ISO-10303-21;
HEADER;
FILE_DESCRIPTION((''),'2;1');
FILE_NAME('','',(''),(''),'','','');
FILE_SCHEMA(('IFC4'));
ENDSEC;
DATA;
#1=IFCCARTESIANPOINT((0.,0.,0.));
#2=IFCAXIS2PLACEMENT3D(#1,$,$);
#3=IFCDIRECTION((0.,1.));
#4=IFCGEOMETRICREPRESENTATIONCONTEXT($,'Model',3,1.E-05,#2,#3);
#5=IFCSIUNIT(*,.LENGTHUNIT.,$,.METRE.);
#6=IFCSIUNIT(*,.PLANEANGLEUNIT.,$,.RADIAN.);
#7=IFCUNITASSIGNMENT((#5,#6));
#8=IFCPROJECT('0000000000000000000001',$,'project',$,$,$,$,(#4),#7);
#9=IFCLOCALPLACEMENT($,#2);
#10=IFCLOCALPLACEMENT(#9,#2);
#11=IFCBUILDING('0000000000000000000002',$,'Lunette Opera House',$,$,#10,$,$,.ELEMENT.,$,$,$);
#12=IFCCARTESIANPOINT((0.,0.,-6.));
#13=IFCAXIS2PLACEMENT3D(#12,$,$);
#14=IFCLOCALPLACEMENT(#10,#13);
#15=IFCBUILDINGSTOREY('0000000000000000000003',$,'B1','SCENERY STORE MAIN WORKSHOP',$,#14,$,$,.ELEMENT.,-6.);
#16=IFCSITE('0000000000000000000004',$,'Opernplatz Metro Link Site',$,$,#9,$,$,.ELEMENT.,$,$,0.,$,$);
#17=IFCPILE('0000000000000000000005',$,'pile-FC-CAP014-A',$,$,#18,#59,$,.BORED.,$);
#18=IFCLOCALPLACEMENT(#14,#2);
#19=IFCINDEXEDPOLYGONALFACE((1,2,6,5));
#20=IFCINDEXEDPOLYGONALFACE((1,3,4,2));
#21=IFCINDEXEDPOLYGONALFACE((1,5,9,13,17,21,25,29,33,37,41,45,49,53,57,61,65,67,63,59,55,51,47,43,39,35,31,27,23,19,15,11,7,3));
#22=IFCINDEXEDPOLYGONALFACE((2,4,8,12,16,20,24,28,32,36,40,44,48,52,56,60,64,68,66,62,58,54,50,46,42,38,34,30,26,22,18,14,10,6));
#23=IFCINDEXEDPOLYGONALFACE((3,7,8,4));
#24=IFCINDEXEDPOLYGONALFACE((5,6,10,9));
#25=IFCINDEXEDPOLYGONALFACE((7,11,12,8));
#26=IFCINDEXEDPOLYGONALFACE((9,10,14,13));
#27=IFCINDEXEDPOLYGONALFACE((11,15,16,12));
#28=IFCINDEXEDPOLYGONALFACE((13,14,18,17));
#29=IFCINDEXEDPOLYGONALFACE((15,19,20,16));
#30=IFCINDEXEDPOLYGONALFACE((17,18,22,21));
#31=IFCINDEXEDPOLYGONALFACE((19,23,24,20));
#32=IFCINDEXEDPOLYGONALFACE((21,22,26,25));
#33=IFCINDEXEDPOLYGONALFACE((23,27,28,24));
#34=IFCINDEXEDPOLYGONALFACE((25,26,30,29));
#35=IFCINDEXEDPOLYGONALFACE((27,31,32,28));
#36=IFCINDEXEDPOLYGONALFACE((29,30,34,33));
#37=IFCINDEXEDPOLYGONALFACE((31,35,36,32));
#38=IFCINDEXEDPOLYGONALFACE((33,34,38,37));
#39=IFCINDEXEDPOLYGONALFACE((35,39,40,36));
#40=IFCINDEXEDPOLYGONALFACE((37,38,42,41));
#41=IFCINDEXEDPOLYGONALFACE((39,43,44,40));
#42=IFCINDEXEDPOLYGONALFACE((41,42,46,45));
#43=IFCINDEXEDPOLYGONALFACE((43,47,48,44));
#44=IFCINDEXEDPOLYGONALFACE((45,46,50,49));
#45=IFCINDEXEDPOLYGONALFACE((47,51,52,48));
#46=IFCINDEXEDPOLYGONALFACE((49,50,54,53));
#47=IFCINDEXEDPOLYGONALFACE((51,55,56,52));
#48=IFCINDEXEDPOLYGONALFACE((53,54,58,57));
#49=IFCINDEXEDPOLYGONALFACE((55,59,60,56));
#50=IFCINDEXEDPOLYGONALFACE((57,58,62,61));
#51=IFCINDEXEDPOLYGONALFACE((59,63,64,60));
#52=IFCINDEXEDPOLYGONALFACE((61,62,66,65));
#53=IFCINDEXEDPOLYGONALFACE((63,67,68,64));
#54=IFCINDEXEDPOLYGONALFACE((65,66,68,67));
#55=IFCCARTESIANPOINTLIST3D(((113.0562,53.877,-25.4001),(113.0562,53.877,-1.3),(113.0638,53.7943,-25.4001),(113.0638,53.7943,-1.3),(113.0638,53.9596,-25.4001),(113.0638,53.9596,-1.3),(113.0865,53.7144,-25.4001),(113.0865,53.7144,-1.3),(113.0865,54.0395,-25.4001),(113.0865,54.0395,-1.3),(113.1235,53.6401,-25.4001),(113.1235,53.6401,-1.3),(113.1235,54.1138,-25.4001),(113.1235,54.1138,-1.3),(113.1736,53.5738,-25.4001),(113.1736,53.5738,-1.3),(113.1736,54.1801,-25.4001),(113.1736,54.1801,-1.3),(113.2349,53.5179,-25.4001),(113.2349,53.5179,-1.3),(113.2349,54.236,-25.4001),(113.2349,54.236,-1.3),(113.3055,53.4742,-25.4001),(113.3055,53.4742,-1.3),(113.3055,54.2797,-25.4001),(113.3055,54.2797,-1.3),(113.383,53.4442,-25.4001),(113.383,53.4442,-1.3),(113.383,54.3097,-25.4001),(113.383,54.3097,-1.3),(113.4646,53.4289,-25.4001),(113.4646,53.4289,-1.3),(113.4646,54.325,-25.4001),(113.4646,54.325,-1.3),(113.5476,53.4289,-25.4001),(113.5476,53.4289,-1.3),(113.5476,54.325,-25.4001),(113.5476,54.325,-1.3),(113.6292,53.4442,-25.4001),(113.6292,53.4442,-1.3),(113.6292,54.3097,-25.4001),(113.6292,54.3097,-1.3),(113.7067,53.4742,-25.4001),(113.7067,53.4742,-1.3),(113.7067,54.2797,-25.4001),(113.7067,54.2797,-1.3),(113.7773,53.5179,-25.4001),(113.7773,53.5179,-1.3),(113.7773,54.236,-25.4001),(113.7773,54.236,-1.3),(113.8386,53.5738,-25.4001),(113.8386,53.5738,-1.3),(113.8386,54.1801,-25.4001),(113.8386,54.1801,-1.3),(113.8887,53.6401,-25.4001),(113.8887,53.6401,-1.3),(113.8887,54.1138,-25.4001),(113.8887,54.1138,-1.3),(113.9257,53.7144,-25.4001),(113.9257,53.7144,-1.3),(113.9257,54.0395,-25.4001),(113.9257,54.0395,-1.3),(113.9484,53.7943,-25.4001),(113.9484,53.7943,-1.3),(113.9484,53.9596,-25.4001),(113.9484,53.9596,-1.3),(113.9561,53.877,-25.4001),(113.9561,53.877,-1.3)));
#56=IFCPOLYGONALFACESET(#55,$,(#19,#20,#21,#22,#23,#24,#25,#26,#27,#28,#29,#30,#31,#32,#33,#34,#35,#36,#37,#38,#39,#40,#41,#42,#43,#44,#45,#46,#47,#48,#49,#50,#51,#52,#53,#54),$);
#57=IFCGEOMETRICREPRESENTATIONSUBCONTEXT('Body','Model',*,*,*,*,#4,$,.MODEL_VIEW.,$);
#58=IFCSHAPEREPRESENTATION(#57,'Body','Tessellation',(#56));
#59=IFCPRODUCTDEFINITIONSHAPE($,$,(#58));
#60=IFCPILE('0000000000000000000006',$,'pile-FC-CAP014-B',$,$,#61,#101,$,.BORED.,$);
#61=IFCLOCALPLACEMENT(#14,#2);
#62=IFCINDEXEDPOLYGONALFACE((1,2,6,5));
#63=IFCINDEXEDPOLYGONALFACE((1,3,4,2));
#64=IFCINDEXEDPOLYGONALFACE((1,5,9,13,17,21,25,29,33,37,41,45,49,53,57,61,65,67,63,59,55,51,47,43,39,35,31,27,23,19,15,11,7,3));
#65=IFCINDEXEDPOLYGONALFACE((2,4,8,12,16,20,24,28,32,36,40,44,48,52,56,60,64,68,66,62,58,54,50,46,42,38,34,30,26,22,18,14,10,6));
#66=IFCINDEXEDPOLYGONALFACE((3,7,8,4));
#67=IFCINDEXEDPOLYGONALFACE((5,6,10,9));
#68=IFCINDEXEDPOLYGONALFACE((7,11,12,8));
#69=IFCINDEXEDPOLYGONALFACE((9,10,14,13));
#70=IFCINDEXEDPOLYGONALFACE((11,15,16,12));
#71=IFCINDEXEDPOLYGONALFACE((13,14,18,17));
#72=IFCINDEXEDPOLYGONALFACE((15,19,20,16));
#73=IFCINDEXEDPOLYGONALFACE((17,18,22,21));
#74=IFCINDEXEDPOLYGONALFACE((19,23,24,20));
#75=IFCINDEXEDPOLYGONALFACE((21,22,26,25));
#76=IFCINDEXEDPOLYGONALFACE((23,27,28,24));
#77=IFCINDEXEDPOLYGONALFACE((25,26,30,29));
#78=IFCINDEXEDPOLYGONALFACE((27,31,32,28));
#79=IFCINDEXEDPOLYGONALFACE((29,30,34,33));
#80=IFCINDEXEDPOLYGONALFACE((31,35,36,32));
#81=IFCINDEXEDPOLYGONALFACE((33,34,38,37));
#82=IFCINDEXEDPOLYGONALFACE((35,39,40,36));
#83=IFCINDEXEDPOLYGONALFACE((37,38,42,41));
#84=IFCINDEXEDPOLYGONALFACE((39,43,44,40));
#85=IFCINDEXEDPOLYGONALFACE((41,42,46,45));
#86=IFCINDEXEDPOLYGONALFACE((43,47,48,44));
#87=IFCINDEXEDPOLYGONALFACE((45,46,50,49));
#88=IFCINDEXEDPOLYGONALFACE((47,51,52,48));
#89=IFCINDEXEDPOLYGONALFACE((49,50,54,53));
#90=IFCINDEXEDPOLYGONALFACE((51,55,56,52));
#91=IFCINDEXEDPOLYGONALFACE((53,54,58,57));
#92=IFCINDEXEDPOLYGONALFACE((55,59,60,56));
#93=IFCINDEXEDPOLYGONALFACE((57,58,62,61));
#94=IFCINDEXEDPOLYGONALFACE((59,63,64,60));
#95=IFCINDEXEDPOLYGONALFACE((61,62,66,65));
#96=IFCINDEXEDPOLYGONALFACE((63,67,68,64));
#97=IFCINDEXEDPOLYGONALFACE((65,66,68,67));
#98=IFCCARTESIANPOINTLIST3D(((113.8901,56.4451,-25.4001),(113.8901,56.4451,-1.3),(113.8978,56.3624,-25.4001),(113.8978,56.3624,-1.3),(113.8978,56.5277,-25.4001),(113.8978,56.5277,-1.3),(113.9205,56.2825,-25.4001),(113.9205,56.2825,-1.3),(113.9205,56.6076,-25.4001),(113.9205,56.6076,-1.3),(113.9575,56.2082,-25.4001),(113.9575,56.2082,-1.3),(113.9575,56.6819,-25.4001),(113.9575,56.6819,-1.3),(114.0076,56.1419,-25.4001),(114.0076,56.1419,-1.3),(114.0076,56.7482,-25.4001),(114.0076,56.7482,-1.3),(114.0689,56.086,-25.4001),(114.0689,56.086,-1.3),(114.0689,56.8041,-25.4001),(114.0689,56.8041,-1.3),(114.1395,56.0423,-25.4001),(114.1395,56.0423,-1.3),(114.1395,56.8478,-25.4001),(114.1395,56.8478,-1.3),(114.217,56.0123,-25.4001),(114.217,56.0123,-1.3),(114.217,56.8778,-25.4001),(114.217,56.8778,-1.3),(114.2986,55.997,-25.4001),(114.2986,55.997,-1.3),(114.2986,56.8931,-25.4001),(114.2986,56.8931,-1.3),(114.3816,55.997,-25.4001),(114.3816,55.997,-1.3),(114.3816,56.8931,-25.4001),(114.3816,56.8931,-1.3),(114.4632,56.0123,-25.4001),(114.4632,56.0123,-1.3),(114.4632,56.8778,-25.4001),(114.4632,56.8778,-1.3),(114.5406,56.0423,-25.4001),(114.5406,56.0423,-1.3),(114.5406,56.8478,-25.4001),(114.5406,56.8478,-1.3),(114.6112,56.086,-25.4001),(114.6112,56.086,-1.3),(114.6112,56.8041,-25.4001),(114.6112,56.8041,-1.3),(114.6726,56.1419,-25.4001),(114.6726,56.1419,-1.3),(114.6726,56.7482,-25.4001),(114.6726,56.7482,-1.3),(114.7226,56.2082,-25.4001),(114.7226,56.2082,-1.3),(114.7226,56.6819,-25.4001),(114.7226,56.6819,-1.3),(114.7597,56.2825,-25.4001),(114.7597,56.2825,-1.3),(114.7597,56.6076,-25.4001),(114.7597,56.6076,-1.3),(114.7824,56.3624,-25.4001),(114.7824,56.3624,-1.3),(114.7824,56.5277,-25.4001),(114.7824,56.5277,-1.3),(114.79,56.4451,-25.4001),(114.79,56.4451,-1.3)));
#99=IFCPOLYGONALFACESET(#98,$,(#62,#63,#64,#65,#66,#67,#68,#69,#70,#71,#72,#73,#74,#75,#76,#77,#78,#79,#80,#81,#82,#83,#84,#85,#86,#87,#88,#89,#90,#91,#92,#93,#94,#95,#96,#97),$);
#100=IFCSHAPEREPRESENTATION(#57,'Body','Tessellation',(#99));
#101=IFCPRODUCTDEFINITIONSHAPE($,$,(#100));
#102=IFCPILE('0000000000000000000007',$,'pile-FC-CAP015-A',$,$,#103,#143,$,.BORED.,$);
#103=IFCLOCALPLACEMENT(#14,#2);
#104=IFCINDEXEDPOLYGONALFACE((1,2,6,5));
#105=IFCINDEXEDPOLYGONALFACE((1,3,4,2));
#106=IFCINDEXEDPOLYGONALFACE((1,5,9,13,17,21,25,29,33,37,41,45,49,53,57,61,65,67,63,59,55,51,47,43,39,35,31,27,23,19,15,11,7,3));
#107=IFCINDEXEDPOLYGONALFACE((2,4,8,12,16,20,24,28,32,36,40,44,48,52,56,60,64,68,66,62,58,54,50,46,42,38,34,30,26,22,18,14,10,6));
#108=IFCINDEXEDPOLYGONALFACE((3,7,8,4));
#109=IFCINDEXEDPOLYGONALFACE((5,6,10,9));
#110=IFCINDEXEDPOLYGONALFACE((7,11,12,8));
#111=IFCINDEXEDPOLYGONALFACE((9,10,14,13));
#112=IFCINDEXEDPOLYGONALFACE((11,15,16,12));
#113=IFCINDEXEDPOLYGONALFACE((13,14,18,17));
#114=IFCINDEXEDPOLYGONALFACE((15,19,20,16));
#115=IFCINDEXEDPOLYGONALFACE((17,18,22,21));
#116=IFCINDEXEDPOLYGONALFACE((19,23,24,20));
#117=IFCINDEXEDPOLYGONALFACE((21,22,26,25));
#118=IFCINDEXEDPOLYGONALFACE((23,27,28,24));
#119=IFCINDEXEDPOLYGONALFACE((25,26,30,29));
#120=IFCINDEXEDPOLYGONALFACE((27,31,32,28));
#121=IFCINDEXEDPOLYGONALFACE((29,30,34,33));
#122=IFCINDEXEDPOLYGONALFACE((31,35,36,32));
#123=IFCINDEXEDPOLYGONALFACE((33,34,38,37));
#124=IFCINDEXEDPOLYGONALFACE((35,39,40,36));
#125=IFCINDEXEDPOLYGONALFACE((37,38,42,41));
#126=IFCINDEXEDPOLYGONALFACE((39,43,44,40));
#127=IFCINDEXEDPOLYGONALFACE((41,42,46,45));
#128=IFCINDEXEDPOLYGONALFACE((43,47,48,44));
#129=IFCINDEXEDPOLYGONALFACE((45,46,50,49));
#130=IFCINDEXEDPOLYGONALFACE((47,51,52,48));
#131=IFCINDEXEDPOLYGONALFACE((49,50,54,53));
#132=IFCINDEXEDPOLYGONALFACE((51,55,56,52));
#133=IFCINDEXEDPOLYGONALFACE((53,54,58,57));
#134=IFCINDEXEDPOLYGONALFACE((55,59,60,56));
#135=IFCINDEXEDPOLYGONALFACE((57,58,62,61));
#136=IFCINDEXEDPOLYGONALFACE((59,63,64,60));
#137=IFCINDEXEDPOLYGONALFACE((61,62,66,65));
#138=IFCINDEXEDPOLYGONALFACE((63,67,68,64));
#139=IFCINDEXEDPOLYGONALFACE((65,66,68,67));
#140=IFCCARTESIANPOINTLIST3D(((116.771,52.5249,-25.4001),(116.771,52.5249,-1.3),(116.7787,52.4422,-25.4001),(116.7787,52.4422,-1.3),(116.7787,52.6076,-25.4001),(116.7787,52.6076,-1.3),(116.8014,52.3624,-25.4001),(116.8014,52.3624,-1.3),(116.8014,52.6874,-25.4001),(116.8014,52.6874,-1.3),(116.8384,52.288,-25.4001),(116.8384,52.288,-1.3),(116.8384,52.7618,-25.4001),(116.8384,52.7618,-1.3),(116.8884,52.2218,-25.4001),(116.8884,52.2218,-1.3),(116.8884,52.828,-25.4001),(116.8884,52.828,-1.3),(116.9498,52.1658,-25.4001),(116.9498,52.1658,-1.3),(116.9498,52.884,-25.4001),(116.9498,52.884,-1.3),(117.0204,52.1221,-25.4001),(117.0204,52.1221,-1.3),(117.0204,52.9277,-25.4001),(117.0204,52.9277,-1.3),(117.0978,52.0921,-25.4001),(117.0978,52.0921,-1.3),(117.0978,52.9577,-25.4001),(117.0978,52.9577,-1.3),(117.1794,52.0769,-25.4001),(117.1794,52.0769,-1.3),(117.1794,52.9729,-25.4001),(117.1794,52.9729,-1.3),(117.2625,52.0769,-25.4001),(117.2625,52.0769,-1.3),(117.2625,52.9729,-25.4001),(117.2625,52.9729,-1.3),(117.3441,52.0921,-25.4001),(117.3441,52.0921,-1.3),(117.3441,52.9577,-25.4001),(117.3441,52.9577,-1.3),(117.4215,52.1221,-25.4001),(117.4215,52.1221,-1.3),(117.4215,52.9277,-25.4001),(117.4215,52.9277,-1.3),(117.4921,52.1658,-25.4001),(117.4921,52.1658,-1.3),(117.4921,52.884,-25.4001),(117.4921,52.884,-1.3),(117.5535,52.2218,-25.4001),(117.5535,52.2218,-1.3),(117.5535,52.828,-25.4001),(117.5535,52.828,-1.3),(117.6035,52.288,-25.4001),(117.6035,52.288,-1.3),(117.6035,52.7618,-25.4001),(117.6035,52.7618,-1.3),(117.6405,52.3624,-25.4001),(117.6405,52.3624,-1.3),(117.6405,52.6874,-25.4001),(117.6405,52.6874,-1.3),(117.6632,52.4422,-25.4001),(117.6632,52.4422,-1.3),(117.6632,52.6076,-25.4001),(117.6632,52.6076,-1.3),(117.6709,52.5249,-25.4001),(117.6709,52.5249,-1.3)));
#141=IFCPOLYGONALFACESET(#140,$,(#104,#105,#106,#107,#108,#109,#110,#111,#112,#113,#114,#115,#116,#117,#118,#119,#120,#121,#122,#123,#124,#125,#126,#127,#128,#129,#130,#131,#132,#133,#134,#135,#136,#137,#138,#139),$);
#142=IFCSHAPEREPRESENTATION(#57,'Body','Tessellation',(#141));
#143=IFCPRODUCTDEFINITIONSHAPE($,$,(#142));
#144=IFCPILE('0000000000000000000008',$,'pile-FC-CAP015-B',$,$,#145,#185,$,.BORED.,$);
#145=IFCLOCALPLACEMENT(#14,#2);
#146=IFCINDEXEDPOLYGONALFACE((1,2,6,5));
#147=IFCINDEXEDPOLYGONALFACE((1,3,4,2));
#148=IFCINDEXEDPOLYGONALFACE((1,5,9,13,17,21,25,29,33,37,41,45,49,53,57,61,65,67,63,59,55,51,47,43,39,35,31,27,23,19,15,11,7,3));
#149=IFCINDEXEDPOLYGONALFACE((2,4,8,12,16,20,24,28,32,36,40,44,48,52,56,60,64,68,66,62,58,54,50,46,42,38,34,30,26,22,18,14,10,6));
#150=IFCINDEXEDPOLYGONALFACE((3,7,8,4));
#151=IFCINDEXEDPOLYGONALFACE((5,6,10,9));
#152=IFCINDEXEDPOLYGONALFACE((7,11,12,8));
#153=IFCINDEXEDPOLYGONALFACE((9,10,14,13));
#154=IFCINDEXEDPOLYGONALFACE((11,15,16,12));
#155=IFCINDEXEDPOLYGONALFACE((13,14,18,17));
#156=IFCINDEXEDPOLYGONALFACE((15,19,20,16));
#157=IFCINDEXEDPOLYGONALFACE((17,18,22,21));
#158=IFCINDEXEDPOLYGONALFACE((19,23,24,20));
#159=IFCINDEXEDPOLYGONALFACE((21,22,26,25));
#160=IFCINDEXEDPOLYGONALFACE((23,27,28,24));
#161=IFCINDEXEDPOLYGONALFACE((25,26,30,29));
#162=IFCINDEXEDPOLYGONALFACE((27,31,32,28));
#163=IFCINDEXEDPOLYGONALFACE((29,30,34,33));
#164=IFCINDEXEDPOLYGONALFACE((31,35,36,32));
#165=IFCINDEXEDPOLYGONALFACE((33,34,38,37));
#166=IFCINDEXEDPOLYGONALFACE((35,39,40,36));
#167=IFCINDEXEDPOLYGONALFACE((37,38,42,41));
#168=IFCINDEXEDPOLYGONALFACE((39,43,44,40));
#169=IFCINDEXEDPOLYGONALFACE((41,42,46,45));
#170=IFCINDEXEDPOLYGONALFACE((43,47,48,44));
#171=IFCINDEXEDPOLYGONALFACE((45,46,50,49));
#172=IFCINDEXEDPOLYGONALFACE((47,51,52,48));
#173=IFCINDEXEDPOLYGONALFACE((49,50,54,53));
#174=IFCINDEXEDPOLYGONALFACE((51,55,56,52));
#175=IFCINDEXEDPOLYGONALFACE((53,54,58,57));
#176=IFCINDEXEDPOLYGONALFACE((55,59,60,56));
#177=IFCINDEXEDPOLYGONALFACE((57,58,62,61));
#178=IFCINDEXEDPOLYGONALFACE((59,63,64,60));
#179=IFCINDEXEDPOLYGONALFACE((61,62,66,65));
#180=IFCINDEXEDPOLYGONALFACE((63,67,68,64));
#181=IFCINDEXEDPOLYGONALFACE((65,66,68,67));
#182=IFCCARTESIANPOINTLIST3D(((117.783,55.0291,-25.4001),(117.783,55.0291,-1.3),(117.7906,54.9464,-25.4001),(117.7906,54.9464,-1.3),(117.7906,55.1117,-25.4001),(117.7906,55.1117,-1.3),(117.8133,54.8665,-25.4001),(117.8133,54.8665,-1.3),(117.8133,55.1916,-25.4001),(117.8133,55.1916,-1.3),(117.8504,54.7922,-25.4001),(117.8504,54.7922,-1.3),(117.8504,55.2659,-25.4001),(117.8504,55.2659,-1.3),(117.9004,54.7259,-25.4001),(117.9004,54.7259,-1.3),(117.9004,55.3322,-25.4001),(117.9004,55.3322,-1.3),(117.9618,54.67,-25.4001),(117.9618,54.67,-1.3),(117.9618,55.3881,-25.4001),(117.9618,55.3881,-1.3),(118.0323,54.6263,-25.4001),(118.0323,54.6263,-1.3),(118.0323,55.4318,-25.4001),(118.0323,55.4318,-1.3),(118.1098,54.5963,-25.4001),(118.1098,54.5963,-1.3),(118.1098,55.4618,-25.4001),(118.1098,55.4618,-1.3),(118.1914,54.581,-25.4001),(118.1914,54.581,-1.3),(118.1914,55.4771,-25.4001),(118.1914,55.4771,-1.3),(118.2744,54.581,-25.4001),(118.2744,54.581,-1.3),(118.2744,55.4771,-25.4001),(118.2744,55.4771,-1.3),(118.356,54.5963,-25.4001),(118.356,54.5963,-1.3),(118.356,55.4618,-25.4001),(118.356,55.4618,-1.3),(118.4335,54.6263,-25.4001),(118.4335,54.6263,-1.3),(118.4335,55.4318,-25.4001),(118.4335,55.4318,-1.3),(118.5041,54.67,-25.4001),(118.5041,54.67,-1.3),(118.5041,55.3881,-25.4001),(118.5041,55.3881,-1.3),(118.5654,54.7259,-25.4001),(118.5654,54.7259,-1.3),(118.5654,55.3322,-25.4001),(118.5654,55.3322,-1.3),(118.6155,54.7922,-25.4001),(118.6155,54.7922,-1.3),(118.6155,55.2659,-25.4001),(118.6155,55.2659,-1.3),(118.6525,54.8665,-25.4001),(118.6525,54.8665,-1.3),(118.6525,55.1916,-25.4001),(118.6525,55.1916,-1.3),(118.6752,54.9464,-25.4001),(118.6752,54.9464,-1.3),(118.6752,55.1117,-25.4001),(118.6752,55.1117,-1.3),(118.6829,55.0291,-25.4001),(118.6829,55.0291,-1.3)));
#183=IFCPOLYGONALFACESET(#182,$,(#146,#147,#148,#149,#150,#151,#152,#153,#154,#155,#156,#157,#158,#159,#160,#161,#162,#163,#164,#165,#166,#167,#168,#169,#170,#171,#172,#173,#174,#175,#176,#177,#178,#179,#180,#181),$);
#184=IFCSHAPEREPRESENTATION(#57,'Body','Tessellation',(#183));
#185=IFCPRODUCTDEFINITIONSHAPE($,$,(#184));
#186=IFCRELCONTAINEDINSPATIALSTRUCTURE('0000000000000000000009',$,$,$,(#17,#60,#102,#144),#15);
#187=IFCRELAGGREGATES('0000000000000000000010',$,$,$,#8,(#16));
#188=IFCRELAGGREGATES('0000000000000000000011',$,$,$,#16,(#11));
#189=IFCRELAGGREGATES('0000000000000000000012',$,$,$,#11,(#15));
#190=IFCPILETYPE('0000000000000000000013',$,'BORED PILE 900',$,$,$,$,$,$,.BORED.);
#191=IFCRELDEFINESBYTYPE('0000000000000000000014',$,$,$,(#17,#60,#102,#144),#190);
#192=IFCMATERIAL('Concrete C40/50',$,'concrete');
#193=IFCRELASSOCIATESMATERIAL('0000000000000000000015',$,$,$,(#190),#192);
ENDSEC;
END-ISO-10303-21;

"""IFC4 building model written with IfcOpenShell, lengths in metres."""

from ifc_helpers import new_model, si_unit, direction, frame, origin, origin_2d, place, context, subcontext, project, spatial, circle, extrude, material, material_profile, profile_set, type_object, element, save


model = new_model("IFC4")

# Units and contexts
model_context = context("Model", 3, precision=1e-05, world=origin(), true_north=direction((0.0, 1.0)))
body_context = subcontext(model_context, "Body", "Model", "MODEL_VIEW")
ifc_project = project(units=[si_unit("LENGTHUNIT", "METRE"), si_unit("PLANEANGLEUNIT", "RADIAN")], contexts=[model_context])

# Site, building, storey
site_placement = place(None, origin())
site = spatial("IfcSite", under=ifc_project, at=site_placement, Name="Opernplatz Metro Link Site", CompositionType="ELEMENT", RefElevation=0.0)
building_placement = place(site_placement, origin())
building = spatial("IfcBuilding", under=site, at=building_placement, Name="Lunette Opera House", CompositionType="ELEMENT")
storey_placement = place(building_placement, frame((0.0, 0.0, -6.0)))
storey = spatial("IfcBuildingStorey", under=building, at=storey_placement, Name="B1", Description="SCENERY STORE MAIN WORKSHOP", CompositionType="ELEMENT", Elevation=-6.0)

# Piles
ifc_material_1 = material(Name="Concrete C40/50", Category="concrete")
ifc_material_profile_1 = material_profile(ifc_material_1, circle(Radius=0.45, at=origin_2d()), Name="BORED PILE 900")
ifc_profile_set_1 = profile_set([ifc_material_profile_1], Name="Concrete C40/50")
pile_type = type_object("IfcPileType", Name="BORED PILE 900", PredefinedType="BORED", material=ifc_profile_set_1)
for number, where, z_axis, x_axis, name in (
    (1, (113.5061, 53.877, -1.3), (0.0, 0.0, -1.0), (1.0, 0.0, 0.0), "pile-FC-CAP014-A"),
    (2, (114.3401, 56.4451, -1.3), (0.0, 0.0, -1.0), (1.0, 0.0, 0.0), "pile-FC-CAP014-B"),
    (3, (117.2209, 52.5249, -1.3), (0.0, 0.0, -1.0), (1.0, 0.0, 0.0), "pile-FC-CAP015-A"),
    (4, (118.2329, 55.0291, -1.3), (0.0, 0.0, -1.0), (1.0, 0.0, 0.0), "pile-FC-CAP015-B"),
):
    element("IfcPile", number, at=place(storey_placement, frame(where, z_axis=z_axis, x_axis=x_axis)), inside=storey, type_object=pile_type, Name=name, PredefinedType="BORED", context=body_context, shape_type="SweptSolid", body=[
        extrude(circle(Radius=0.45, at=origin_2d()), origin(), (0.0, 0.0, 1.0), 24.1001),
    ])

save(model, "model.ifc")
